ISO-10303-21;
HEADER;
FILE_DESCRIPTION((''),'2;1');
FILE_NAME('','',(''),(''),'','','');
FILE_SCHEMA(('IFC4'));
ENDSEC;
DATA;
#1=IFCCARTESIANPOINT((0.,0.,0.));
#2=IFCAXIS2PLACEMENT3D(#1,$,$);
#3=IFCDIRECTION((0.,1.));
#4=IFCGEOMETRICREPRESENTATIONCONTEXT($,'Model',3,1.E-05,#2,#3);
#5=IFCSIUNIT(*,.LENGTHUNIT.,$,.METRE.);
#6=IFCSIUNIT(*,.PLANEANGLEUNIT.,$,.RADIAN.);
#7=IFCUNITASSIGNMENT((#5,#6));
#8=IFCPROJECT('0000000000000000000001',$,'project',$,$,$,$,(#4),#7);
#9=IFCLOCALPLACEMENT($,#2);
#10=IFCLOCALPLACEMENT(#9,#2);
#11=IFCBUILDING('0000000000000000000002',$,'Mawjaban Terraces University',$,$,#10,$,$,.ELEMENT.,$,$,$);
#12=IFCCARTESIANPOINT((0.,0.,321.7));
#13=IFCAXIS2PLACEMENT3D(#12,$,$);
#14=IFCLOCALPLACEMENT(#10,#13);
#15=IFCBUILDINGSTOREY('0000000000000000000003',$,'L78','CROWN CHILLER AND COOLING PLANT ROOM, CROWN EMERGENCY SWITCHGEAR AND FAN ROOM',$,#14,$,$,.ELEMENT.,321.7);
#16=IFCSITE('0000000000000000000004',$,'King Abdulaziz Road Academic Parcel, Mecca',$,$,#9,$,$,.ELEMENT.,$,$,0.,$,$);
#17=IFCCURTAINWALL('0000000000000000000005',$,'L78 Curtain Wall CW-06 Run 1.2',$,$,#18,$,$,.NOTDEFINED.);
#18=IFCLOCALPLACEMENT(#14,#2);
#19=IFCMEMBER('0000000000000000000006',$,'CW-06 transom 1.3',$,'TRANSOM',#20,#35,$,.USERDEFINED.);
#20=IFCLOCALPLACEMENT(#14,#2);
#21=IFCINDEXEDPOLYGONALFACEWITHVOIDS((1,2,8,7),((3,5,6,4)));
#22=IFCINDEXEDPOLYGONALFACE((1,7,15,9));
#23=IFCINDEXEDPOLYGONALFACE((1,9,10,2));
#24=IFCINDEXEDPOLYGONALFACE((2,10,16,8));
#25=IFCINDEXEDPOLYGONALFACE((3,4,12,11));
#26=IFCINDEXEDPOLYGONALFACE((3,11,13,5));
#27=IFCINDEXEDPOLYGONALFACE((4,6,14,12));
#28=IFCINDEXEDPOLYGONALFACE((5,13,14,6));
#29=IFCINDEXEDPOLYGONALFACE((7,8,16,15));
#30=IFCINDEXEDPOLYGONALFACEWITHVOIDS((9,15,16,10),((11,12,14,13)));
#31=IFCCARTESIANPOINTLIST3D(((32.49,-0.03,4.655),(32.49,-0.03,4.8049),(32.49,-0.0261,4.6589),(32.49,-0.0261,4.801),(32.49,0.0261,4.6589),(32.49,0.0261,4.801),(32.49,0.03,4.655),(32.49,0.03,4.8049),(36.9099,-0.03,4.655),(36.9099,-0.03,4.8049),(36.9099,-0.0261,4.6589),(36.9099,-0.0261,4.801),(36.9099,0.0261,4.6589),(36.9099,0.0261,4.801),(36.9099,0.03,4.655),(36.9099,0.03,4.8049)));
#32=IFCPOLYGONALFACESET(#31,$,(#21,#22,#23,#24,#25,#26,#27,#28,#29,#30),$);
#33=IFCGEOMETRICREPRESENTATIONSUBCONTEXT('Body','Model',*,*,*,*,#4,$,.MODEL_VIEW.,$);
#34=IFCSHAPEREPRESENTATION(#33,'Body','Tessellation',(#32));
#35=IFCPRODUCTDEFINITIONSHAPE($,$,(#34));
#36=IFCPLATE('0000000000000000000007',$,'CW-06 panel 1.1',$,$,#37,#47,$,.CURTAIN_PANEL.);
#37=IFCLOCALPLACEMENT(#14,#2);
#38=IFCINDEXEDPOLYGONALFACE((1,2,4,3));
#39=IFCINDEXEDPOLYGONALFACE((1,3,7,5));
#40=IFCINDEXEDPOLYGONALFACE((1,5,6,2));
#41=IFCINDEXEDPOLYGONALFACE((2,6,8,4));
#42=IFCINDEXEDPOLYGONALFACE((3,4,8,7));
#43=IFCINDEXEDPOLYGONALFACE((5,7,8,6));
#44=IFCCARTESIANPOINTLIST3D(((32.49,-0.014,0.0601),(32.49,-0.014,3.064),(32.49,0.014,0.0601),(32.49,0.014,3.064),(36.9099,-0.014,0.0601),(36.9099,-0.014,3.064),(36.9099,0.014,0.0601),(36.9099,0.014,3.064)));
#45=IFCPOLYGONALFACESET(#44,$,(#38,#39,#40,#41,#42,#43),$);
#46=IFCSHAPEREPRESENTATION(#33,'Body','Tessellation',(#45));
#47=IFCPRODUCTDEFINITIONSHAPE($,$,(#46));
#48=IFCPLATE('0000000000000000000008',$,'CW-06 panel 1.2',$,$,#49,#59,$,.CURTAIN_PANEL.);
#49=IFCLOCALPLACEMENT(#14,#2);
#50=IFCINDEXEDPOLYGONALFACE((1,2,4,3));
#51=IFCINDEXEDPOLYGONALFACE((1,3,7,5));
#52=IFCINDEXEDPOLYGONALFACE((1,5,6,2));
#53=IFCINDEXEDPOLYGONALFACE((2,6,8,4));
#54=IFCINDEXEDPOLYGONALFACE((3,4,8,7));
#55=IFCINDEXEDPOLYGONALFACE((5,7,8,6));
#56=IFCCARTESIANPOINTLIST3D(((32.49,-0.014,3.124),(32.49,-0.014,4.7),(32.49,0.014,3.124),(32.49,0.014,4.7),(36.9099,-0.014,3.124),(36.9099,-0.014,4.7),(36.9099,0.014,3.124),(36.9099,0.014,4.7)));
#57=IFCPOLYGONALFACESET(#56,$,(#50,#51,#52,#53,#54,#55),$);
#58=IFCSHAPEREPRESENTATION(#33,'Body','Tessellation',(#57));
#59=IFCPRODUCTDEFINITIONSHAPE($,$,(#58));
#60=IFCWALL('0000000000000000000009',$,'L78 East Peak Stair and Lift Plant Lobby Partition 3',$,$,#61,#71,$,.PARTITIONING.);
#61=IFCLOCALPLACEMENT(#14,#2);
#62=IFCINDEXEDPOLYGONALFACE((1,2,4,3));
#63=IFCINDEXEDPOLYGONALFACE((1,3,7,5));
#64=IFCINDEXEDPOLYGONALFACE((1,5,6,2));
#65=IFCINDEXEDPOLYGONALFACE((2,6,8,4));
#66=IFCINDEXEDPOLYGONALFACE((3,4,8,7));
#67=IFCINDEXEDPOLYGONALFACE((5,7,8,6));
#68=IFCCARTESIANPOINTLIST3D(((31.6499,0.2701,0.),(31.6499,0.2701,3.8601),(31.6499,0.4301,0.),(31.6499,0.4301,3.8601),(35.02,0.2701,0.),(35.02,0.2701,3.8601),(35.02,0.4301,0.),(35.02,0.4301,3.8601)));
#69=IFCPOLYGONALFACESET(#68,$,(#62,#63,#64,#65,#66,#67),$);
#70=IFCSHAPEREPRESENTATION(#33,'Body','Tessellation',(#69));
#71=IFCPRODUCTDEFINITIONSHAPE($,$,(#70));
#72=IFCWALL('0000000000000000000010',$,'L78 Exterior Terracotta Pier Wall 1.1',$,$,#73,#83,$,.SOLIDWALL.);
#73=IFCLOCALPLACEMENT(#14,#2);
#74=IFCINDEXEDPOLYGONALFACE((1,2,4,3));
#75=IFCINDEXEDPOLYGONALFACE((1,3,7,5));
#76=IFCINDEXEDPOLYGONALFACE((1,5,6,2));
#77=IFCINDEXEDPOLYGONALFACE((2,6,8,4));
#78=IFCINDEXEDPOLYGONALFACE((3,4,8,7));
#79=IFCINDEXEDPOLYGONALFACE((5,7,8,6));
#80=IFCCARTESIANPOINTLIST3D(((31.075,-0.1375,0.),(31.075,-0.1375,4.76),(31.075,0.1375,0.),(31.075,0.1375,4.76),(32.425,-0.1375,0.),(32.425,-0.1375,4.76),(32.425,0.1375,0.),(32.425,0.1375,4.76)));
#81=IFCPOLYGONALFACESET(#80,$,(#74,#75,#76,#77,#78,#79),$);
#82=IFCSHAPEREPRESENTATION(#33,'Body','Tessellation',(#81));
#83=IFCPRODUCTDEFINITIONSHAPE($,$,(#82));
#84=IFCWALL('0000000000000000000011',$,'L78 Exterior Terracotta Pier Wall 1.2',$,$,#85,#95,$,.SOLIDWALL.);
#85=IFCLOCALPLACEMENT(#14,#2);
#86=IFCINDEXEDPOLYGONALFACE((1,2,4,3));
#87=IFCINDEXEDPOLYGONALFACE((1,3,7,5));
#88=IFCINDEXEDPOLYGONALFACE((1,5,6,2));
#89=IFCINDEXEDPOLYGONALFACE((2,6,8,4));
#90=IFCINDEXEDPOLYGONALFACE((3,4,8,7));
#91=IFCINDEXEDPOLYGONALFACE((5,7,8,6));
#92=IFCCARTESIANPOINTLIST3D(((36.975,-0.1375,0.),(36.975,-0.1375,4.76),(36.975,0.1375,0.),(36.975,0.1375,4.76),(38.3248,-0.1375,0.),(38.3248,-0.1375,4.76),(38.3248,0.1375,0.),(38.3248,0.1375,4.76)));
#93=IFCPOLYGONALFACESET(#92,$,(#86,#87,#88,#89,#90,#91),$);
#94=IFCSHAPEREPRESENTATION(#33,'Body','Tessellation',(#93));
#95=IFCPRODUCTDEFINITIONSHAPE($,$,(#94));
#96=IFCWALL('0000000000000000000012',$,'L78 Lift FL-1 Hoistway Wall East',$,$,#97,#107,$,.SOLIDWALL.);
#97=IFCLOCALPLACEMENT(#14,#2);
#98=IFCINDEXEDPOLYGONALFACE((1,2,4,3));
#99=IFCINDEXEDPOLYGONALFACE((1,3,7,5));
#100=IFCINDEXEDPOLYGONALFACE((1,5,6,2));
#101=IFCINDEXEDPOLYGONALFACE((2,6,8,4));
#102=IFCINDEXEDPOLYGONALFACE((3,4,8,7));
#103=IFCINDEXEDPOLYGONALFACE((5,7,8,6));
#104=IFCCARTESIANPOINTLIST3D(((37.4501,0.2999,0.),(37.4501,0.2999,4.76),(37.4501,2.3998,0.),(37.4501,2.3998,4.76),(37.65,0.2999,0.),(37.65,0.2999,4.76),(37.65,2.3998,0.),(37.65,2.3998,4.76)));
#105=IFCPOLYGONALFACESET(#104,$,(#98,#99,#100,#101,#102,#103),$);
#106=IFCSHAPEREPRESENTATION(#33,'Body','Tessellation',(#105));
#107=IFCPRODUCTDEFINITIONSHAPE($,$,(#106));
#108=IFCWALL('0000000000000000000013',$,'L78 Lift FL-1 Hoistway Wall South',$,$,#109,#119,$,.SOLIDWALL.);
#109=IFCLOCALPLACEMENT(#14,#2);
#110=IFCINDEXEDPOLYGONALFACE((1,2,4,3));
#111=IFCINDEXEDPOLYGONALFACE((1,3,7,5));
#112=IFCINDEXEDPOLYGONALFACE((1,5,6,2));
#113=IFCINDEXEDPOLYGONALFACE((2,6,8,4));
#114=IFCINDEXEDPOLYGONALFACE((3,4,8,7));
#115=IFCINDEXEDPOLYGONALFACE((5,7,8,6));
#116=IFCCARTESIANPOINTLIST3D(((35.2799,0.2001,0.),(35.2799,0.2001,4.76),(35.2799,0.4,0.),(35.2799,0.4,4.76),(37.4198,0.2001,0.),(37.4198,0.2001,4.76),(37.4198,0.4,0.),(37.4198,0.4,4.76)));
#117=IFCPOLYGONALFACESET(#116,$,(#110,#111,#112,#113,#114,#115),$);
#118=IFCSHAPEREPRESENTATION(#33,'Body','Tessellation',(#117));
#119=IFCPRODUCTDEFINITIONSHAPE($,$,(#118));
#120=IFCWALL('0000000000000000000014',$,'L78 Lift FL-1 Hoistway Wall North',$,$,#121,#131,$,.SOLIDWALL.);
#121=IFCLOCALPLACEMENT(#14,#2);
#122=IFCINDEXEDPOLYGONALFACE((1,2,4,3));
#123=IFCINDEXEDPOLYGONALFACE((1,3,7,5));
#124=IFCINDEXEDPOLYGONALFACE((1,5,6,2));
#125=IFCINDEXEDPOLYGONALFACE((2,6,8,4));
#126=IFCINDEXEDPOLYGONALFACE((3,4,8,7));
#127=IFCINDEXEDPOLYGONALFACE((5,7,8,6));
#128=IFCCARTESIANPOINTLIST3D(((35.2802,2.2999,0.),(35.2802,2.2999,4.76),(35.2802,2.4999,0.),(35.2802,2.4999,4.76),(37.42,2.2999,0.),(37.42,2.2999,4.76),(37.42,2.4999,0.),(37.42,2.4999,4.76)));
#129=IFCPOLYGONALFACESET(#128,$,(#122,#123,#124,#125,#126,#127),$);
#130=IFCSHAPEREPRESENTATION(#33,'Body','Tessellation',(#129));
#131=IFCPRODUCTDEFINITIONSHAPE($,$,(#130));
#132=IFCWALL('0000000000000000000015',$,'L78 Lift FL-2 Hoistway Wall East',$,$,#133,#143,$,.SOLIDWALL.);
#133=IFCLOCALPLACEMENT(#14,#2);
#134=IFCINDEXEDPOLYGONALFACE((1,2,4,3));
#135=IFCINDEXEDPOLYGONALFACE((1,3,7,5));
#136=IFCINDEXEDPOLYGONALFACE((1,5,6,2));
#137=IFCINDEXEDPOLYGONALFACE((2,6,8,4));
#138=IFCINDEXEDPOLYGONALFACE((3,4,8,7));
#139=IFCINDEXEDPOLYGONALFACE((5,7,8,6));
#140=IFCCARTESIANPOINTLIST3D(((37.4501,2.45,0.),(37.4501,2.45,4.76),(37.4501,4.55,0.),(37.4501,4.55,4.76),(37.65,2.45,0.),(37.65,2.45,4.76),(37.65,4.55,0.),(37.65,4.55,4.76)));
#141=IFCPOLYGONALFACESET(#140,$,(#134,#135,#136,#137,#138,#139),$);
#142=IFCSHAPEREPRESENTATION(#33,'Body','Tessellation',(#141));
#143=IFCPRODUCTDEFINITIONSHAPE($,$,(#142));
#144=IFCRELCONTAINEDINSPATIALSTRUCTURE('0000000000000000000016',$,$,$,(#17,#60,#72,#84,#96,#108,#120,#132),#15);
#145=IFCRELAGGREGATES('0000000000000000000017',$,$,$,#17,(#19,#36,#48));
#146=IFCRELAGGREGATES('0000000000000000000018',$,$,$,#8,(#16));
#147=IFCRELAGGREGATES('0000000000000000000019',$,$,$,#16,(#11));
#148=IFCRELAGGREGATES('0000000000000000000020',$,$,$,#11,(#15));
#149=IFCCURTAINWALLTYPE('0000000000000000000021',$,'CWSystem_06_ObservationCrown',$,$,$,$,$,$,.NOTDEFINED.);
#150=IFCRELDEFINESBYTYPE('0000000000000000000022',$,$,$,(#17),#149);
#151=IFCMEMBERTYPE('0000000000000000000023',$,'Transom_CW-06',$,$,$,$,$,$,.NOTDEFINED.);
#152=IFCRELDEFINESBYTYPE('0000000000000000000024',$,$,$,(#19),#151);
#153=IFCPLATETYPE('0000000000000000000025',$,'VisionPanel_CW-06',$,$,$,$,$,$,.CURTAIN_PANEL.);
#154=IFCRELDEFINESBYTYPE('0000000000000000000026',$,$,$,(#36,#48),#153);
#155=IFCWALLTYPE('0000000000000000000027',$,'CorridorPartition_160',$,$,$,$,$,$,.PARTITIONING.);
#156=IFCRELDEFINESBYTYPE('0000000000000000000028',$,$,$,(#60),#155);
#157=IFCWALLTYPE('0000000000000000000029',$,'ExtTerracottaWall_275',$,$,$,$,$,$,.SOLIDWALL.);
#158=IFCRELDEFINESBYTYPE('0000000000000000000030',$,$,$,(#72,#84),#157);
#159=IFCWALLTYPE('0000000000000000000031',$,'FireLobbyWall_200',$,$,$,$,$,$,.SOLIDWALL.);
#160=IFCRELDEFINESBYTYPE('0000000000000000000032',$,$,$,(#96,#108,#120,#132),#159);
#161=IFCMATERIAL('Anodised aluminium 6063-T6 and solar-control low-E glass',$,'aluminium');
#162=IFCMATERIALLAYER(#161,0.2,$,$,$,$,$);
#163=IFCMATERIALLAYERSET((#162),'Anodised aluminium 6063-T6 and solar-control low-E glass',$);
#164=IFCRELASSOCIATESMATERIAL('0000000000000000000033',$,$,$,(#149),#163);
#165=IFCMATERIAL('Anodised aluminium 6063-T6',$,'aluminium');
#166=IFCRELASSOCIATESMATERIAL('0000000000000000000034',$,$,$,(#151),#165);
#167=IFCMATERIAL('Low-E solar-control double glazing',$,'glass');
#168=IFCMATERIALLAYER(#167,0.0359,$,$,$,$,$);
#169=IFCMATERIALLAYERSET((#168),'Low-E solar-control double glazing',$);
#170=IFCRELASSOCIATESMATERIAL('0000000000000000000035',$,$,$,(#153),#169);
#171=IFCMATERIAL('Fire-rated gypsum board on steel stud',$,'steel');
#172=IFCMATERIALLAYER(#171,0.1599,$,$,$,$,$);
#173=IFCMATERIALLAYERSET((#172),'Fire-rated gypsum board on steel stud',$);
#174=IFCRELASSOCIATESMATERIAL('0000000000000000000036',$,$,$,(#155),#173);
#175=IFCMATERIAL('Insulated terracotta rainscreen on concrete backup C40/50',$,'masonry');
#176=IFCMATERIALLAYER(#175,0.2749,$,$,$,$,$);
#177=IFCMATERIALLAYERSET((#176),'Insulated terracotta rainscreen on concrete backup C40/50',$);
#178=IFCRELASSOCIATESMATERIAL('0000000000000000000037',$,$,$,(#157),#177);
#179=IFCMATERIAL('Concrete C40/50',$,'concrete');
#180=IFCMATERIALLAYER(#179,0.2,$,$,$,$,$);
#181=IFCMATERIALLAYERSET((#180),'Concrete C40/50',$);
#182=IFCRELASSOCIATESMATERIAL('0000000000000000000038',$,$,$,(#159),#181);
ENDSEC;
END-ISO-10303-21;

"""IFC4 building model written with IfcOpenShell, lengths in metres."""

from ifc_helpers import new_model, si_unit, direction, frame, frame_2d, origin, origin_2d, place, context, subcontext, project, spatial, rectangle, hollow_rectangle, extrude, material, layer, layer_set, material_profile, profile_set, type_object, element, aggregate, save


model = new_model("IFC4")

# Units and contexts
model_context = context("Model", 3, precision=1e-05, world=origin(), true_north=direction((0.0, 1.0)))
body_context = subcontext(model_context, "Body", "Model", "MODEL_VIEW")
ifc_project = project(units=[si_unit("LENGTHUNIT", "METRE"), si_unit("PLANEANGLEUNIT", "RADIAN")], contexts=[model_context])

# Site, building, storey
site_placement = place(None, origin())
site = spatial("IfcSite", under=ifc_project, at=site_placement, Name="King Abdulaziz Road Academic Parcel, Mecca", CompositionType="ELEMENT", RefElevation=0.0)
building_placement = place(site_placement, origin())
building = spatial("IfcBuilding", under=site, at=building_placement, Name="Mawjaban Terraces University", CompositionType="ELEMENT")
storey_placement = place(building_placement, frame((0.0, 0.0, 321.7)))
storey = spatial("IfcBuildingStorey", under=building, at=storey_placement, Name="L78", Description="CROWN CHILLER AND COOLING PLANT ROOM, CROWN EMERGENCY SWITCHGEAR AND FAN ROOM", CompositionType="ELEMENT", Elevation=321.7)

# Shared definitions
ifc_material_1 = material(Name="Anodised aluminium 6063-T6 and solar-control low-E glass", Category="aluminium")
ifc_layer_1 = layer(ifc_material_1, 0.2)
ifc_layer_set_1 = layer_set([ifc_layer_1], Name="Anodised aluminium 6063-T6 and solar-control low-E glass")
curtain_wall_type = type_object("IfcCurtainWallType", Name="CWSystem_06_ObservationCrown", PredefinedType="NOTDEFINED", material=ifc_layer_set_1)
ifc_material_2 = material(Name="Anodised aluminium 6063-T6", Category="aluminium")

# Curtain wall, member, plates
curtain_wall_1_placement = place(storey_placement, origin())
curtain_wall_1 = element("IfcCurtainWall", 1, at=curtain_wall_1_placement, inside=storey, type_object=curtain_wall_type, Name="L78 Curtain Wall CW-06 Run 1.2", PredefinedType="NOTDEFINED")
ifc_material_profile_1 = material_profile(ifc_material_2, hollow_rectangle(XDim=0.0601, YDim=0.1499, WallThickness=0.0039, at=origin_2d()), Name="ALU150X60X4")
ifc_profile_set_1 = profile_set([ifc_material_profile_1], Name="Anodised aluminium 6063-T6")
member_type_1 = type_object("IfcMemberType", Name="Transom_CW-06", PredefinedType="NOTDEFINED", material=ifc_profile_set_1)
member_1_placement = place(storey_placement, frame((32.49, 0.0, 4.73), z_axis=(1.0, 0.0, 0.0), x_axis=(0.0, 1.0, 0.0)))
member_1 = element("IfcMember", 2, at=member_1_placement, type_object=member_type_1, Name="CW-06 transom 1.3", ObjectType="TRANSOM", PredefinedType="USERDEFINED", context=body_context, shape_type="SweptSolid", body=[
    extrude(hollow_rectangle(XDim=0.0601, YDim=0.1499, WallThickness=0.0039, at=origin_2d()), origin(), (0.0, 0.0, 1.0), 4.4199),
])
ifc_material_3 = material(Name="Low-E solar-control double glazing", Category="glass")
ifc_layer_2 = layer(ifc_material_3, 0.0359)
ifc_layer_set_2 = layer_set([ifc_layer_2], Name="Low-E solar-control double glazing")
plate_type = type_object("IfcPlateType", Name="VisionPanel_CW-06", PredefinedType="CURTAIN_PANEL", material=ifc_layer_set_2)
plate_1_placement = place(storey_placement, frame((34.7, 0.0, 0.0601), z_axis=(0.0, 0.0, 1.0), x_axis=(1.0, 0.0, 0.0)))
plate_1 = element("IfcPlate", 3, at=plate_1_placement, type_object=plate_type, Name="CW-06 panel 1.1", PredefinedType="CURTAIN_PANEL", context=body_context, shape_type="SweptSolid", body=[
    extrude(rectangle(XDim=4.4199, YDim=0.0281, at=origin_2d()), origin(), (0.0, 0.0, 1.0), 3.0039),
])
plate_2_placement = place(storey_placement, frame((34.7, 0.0, 3.124), z_axis=(0.0, 0.0, 1.0), x_axis=(1.0, 0.0, 0.0)))
plate_2 = element("IfcPlate", 4, at=plate_2_placement, type_object=plate_type, Name="CW-06 panel 1.2", PredefinedType="CURTAIN_PANEL", context=body_context, shape_type="SweptSolid", body=[
    extrude(rectangle(XDim=4.4199, YDim=0.0281, at=origin_2d()), origin(), (0.0, 0.0, 1.0), 1.5759),
])
aggregate(curtain_wall_1, [member_1, plate_1, plate_2])

# Walls
ifc_material_4 = material(Name="Fire-rated gypsum board on steel stud", Category="steel")
ifc_layer_3 = layer(ifc_material_4, 0.1599)
ifc_layer_set_3 = layer_set([ifc_layer_3], Name="Fire-rated gypsum board on steel stud")
wall_type_1 = type_object("IfcWallType", Name="CorridorPartition_160", PredefinedType="PARTITIONING", material=ifc_layer_set_3)
wall_1_placement = place(storey_placement, frame((31.6499, 0.3501, 0.0), z_axis=(0.0, 0.0, 1.0), x_axis=(1.0, 0.0, 0.0)))
element("IfcWall", 5, at=wall_1_placement, inside=storey, type_object=wall_type_1, Name="L78 East Peak Stair and Lift Plant Lobby Partition 3", PredefinedType="PARTITIONING", context=body_context, shape_type="SweptSolid", body=[
    extrude(rectangle(XDim=3.3701, YDim=0.1599, at=frame_2d((1.6851, 0.0))), origin(), (0.0, 0.0, 1.0), 3.8601),
])
ifc_material_5 = material(Name="Insulated terracotta rainscreen on concrete backup C40/50", Category="masonry")
ifc_layer_4 = layer(ifc_material_5, 0.2749)
ifc_layer_set_4 = layer_set([ifc_layer_4], Name="Insulated terracotta rainscreen on concrete backup C40/50")
wall_type_2 = type_object("IfcWallType", Name="ExtTerracottaWall_275", PredefinedType="SOLIDWALL", material=ifc_layer_set_4)
wall_2_placement = place(storey_placement, frame((31.075, 0.0, 0.0), z_axis=(0.0, 0.0, 1.0), x_axis=(1.0, 0.0, 0.0)))
element("IfcWall", 6, at=wall_2_placement, inside=storey, type_object=wall_type_2, Name="L78 Exterior Terracotta Pier Wall 1.1", PredefinedType="SOLIDWALL", context=body_context, shape_type="SweptSolid", body=[
    extrude(rectangle(XDim=1.3501, YDim=0.2749, at=frame_2d((0.675, 0.0))), origin(), (0.0, 0.0, 1.0), 4.76),
])
wall_3_placement = place(storey_placement, frame((36.9751, 0.0, 0.0), z_axis=(0.0, 0.0, 1.0), x_axis=(1.0, 0.0, 0.0)))
element("IfcWall", 7, at=wall_3_placement, inside=storey, type_object=wall_type_2, Name="L78 Exterior Terracotta Pier Wall 1.2", PredefinedType="SOLIDWALL", context=body_context, shape_type="SweptSolid", body=[
    extrude(rectangle(XDim=1.3499, YDim=0.2749, at=frame_2d((0.6748, 0.0))), origin(), (0.0, 0.0, 1.0), 4.76),
])

# Shared definitions
ifc_material_6 = material(Name="Concrete C40/50", Category="concrete")
ifc_layer_5 = layer(ifc_material_6, 0.2)
ifc_layer_set_5 = layer_set([ifc_layer_5], Name="Concrete C40/50")
wall_type_3 = type_object("IfcWallType", Name="FireLobbyWall_200", PredefinedType="SOLIDWALL", material=ifc_layer_set_5)

# Walls
wall_4_placement = place(storey_placement, frame((37.55, 0.3, 0.0), z_axis=(0.0, 0.0, 1.0), x_axis=(0.0, 1.0, 0.0)))
element("IfcWall", 8, at=wall_4_placement, inside=storey, type_object=wall_type_3, Name="L78 Lift FL-1 Hoistway Wall East", PredefinedType="SOLIDWALL", context=body_context, shape_type="SweptSolid", body=[
    extrude(rectangle(XDim=2.0999, YDim=0.2, at=frame_2d((1.0498, 0.0))), origin(), (0.0, 0.0, 1.0), 4.76),
])
for number, where, z_axis, x_axis, name in (
    (9, (35.28, 0.3, 0.0), (0.0, 0.0, 1.0), (1.0, 0.0, 0.0), "L78 Lift FL-1 Hoistway Wall South"),
    (10, (37.4199, 2.3999, 0.0), (0.0, 0.0, 1.0), (-1.0, 0.0, 0.0), "L78 Lift FL-1 Hoistway Wall North"),
):
    element("IfcWall", number, at=place(storey_placement, frame(where, z_axis=z_axis, x_axis=x_axis)), inside=storey, type_object=wall_type_3, Name=name, PredefinedType="SOLIDWALL", context=body_context, shape_type="SweptSolid", body=[
        extrude(rectangle(XDim=2.1399, YDim=0.2, at=frame_2d((1.0698, 0.0))), origin(), (0.0, 0.0, 1.0), 4.76),
    ])

# Wall
wall_5_placement = place(storey_placement, frame((37.55, 2.45, 0.0), z_axis=(0.0, 0.0, 1.0), x_axis=(0.0, 1.0, 0.0)))
element("IfcWall", 11, at=wall_5_placement, inside=storey, type_object=wall_type_3, Name="L78 Lift FL-2 Hoistway Wall East", PredefinedType="SOLIDWALL", context=body_context, shape_type="SweptSolid", body=[
    extrude(rectangle(XDim=2.1001, YDim=0.2, at=frame_2d((1.05, 0.0))), origin(), (0.0, 0.0, 1.0), 4.76),
])

save(model, "model.ifc")
